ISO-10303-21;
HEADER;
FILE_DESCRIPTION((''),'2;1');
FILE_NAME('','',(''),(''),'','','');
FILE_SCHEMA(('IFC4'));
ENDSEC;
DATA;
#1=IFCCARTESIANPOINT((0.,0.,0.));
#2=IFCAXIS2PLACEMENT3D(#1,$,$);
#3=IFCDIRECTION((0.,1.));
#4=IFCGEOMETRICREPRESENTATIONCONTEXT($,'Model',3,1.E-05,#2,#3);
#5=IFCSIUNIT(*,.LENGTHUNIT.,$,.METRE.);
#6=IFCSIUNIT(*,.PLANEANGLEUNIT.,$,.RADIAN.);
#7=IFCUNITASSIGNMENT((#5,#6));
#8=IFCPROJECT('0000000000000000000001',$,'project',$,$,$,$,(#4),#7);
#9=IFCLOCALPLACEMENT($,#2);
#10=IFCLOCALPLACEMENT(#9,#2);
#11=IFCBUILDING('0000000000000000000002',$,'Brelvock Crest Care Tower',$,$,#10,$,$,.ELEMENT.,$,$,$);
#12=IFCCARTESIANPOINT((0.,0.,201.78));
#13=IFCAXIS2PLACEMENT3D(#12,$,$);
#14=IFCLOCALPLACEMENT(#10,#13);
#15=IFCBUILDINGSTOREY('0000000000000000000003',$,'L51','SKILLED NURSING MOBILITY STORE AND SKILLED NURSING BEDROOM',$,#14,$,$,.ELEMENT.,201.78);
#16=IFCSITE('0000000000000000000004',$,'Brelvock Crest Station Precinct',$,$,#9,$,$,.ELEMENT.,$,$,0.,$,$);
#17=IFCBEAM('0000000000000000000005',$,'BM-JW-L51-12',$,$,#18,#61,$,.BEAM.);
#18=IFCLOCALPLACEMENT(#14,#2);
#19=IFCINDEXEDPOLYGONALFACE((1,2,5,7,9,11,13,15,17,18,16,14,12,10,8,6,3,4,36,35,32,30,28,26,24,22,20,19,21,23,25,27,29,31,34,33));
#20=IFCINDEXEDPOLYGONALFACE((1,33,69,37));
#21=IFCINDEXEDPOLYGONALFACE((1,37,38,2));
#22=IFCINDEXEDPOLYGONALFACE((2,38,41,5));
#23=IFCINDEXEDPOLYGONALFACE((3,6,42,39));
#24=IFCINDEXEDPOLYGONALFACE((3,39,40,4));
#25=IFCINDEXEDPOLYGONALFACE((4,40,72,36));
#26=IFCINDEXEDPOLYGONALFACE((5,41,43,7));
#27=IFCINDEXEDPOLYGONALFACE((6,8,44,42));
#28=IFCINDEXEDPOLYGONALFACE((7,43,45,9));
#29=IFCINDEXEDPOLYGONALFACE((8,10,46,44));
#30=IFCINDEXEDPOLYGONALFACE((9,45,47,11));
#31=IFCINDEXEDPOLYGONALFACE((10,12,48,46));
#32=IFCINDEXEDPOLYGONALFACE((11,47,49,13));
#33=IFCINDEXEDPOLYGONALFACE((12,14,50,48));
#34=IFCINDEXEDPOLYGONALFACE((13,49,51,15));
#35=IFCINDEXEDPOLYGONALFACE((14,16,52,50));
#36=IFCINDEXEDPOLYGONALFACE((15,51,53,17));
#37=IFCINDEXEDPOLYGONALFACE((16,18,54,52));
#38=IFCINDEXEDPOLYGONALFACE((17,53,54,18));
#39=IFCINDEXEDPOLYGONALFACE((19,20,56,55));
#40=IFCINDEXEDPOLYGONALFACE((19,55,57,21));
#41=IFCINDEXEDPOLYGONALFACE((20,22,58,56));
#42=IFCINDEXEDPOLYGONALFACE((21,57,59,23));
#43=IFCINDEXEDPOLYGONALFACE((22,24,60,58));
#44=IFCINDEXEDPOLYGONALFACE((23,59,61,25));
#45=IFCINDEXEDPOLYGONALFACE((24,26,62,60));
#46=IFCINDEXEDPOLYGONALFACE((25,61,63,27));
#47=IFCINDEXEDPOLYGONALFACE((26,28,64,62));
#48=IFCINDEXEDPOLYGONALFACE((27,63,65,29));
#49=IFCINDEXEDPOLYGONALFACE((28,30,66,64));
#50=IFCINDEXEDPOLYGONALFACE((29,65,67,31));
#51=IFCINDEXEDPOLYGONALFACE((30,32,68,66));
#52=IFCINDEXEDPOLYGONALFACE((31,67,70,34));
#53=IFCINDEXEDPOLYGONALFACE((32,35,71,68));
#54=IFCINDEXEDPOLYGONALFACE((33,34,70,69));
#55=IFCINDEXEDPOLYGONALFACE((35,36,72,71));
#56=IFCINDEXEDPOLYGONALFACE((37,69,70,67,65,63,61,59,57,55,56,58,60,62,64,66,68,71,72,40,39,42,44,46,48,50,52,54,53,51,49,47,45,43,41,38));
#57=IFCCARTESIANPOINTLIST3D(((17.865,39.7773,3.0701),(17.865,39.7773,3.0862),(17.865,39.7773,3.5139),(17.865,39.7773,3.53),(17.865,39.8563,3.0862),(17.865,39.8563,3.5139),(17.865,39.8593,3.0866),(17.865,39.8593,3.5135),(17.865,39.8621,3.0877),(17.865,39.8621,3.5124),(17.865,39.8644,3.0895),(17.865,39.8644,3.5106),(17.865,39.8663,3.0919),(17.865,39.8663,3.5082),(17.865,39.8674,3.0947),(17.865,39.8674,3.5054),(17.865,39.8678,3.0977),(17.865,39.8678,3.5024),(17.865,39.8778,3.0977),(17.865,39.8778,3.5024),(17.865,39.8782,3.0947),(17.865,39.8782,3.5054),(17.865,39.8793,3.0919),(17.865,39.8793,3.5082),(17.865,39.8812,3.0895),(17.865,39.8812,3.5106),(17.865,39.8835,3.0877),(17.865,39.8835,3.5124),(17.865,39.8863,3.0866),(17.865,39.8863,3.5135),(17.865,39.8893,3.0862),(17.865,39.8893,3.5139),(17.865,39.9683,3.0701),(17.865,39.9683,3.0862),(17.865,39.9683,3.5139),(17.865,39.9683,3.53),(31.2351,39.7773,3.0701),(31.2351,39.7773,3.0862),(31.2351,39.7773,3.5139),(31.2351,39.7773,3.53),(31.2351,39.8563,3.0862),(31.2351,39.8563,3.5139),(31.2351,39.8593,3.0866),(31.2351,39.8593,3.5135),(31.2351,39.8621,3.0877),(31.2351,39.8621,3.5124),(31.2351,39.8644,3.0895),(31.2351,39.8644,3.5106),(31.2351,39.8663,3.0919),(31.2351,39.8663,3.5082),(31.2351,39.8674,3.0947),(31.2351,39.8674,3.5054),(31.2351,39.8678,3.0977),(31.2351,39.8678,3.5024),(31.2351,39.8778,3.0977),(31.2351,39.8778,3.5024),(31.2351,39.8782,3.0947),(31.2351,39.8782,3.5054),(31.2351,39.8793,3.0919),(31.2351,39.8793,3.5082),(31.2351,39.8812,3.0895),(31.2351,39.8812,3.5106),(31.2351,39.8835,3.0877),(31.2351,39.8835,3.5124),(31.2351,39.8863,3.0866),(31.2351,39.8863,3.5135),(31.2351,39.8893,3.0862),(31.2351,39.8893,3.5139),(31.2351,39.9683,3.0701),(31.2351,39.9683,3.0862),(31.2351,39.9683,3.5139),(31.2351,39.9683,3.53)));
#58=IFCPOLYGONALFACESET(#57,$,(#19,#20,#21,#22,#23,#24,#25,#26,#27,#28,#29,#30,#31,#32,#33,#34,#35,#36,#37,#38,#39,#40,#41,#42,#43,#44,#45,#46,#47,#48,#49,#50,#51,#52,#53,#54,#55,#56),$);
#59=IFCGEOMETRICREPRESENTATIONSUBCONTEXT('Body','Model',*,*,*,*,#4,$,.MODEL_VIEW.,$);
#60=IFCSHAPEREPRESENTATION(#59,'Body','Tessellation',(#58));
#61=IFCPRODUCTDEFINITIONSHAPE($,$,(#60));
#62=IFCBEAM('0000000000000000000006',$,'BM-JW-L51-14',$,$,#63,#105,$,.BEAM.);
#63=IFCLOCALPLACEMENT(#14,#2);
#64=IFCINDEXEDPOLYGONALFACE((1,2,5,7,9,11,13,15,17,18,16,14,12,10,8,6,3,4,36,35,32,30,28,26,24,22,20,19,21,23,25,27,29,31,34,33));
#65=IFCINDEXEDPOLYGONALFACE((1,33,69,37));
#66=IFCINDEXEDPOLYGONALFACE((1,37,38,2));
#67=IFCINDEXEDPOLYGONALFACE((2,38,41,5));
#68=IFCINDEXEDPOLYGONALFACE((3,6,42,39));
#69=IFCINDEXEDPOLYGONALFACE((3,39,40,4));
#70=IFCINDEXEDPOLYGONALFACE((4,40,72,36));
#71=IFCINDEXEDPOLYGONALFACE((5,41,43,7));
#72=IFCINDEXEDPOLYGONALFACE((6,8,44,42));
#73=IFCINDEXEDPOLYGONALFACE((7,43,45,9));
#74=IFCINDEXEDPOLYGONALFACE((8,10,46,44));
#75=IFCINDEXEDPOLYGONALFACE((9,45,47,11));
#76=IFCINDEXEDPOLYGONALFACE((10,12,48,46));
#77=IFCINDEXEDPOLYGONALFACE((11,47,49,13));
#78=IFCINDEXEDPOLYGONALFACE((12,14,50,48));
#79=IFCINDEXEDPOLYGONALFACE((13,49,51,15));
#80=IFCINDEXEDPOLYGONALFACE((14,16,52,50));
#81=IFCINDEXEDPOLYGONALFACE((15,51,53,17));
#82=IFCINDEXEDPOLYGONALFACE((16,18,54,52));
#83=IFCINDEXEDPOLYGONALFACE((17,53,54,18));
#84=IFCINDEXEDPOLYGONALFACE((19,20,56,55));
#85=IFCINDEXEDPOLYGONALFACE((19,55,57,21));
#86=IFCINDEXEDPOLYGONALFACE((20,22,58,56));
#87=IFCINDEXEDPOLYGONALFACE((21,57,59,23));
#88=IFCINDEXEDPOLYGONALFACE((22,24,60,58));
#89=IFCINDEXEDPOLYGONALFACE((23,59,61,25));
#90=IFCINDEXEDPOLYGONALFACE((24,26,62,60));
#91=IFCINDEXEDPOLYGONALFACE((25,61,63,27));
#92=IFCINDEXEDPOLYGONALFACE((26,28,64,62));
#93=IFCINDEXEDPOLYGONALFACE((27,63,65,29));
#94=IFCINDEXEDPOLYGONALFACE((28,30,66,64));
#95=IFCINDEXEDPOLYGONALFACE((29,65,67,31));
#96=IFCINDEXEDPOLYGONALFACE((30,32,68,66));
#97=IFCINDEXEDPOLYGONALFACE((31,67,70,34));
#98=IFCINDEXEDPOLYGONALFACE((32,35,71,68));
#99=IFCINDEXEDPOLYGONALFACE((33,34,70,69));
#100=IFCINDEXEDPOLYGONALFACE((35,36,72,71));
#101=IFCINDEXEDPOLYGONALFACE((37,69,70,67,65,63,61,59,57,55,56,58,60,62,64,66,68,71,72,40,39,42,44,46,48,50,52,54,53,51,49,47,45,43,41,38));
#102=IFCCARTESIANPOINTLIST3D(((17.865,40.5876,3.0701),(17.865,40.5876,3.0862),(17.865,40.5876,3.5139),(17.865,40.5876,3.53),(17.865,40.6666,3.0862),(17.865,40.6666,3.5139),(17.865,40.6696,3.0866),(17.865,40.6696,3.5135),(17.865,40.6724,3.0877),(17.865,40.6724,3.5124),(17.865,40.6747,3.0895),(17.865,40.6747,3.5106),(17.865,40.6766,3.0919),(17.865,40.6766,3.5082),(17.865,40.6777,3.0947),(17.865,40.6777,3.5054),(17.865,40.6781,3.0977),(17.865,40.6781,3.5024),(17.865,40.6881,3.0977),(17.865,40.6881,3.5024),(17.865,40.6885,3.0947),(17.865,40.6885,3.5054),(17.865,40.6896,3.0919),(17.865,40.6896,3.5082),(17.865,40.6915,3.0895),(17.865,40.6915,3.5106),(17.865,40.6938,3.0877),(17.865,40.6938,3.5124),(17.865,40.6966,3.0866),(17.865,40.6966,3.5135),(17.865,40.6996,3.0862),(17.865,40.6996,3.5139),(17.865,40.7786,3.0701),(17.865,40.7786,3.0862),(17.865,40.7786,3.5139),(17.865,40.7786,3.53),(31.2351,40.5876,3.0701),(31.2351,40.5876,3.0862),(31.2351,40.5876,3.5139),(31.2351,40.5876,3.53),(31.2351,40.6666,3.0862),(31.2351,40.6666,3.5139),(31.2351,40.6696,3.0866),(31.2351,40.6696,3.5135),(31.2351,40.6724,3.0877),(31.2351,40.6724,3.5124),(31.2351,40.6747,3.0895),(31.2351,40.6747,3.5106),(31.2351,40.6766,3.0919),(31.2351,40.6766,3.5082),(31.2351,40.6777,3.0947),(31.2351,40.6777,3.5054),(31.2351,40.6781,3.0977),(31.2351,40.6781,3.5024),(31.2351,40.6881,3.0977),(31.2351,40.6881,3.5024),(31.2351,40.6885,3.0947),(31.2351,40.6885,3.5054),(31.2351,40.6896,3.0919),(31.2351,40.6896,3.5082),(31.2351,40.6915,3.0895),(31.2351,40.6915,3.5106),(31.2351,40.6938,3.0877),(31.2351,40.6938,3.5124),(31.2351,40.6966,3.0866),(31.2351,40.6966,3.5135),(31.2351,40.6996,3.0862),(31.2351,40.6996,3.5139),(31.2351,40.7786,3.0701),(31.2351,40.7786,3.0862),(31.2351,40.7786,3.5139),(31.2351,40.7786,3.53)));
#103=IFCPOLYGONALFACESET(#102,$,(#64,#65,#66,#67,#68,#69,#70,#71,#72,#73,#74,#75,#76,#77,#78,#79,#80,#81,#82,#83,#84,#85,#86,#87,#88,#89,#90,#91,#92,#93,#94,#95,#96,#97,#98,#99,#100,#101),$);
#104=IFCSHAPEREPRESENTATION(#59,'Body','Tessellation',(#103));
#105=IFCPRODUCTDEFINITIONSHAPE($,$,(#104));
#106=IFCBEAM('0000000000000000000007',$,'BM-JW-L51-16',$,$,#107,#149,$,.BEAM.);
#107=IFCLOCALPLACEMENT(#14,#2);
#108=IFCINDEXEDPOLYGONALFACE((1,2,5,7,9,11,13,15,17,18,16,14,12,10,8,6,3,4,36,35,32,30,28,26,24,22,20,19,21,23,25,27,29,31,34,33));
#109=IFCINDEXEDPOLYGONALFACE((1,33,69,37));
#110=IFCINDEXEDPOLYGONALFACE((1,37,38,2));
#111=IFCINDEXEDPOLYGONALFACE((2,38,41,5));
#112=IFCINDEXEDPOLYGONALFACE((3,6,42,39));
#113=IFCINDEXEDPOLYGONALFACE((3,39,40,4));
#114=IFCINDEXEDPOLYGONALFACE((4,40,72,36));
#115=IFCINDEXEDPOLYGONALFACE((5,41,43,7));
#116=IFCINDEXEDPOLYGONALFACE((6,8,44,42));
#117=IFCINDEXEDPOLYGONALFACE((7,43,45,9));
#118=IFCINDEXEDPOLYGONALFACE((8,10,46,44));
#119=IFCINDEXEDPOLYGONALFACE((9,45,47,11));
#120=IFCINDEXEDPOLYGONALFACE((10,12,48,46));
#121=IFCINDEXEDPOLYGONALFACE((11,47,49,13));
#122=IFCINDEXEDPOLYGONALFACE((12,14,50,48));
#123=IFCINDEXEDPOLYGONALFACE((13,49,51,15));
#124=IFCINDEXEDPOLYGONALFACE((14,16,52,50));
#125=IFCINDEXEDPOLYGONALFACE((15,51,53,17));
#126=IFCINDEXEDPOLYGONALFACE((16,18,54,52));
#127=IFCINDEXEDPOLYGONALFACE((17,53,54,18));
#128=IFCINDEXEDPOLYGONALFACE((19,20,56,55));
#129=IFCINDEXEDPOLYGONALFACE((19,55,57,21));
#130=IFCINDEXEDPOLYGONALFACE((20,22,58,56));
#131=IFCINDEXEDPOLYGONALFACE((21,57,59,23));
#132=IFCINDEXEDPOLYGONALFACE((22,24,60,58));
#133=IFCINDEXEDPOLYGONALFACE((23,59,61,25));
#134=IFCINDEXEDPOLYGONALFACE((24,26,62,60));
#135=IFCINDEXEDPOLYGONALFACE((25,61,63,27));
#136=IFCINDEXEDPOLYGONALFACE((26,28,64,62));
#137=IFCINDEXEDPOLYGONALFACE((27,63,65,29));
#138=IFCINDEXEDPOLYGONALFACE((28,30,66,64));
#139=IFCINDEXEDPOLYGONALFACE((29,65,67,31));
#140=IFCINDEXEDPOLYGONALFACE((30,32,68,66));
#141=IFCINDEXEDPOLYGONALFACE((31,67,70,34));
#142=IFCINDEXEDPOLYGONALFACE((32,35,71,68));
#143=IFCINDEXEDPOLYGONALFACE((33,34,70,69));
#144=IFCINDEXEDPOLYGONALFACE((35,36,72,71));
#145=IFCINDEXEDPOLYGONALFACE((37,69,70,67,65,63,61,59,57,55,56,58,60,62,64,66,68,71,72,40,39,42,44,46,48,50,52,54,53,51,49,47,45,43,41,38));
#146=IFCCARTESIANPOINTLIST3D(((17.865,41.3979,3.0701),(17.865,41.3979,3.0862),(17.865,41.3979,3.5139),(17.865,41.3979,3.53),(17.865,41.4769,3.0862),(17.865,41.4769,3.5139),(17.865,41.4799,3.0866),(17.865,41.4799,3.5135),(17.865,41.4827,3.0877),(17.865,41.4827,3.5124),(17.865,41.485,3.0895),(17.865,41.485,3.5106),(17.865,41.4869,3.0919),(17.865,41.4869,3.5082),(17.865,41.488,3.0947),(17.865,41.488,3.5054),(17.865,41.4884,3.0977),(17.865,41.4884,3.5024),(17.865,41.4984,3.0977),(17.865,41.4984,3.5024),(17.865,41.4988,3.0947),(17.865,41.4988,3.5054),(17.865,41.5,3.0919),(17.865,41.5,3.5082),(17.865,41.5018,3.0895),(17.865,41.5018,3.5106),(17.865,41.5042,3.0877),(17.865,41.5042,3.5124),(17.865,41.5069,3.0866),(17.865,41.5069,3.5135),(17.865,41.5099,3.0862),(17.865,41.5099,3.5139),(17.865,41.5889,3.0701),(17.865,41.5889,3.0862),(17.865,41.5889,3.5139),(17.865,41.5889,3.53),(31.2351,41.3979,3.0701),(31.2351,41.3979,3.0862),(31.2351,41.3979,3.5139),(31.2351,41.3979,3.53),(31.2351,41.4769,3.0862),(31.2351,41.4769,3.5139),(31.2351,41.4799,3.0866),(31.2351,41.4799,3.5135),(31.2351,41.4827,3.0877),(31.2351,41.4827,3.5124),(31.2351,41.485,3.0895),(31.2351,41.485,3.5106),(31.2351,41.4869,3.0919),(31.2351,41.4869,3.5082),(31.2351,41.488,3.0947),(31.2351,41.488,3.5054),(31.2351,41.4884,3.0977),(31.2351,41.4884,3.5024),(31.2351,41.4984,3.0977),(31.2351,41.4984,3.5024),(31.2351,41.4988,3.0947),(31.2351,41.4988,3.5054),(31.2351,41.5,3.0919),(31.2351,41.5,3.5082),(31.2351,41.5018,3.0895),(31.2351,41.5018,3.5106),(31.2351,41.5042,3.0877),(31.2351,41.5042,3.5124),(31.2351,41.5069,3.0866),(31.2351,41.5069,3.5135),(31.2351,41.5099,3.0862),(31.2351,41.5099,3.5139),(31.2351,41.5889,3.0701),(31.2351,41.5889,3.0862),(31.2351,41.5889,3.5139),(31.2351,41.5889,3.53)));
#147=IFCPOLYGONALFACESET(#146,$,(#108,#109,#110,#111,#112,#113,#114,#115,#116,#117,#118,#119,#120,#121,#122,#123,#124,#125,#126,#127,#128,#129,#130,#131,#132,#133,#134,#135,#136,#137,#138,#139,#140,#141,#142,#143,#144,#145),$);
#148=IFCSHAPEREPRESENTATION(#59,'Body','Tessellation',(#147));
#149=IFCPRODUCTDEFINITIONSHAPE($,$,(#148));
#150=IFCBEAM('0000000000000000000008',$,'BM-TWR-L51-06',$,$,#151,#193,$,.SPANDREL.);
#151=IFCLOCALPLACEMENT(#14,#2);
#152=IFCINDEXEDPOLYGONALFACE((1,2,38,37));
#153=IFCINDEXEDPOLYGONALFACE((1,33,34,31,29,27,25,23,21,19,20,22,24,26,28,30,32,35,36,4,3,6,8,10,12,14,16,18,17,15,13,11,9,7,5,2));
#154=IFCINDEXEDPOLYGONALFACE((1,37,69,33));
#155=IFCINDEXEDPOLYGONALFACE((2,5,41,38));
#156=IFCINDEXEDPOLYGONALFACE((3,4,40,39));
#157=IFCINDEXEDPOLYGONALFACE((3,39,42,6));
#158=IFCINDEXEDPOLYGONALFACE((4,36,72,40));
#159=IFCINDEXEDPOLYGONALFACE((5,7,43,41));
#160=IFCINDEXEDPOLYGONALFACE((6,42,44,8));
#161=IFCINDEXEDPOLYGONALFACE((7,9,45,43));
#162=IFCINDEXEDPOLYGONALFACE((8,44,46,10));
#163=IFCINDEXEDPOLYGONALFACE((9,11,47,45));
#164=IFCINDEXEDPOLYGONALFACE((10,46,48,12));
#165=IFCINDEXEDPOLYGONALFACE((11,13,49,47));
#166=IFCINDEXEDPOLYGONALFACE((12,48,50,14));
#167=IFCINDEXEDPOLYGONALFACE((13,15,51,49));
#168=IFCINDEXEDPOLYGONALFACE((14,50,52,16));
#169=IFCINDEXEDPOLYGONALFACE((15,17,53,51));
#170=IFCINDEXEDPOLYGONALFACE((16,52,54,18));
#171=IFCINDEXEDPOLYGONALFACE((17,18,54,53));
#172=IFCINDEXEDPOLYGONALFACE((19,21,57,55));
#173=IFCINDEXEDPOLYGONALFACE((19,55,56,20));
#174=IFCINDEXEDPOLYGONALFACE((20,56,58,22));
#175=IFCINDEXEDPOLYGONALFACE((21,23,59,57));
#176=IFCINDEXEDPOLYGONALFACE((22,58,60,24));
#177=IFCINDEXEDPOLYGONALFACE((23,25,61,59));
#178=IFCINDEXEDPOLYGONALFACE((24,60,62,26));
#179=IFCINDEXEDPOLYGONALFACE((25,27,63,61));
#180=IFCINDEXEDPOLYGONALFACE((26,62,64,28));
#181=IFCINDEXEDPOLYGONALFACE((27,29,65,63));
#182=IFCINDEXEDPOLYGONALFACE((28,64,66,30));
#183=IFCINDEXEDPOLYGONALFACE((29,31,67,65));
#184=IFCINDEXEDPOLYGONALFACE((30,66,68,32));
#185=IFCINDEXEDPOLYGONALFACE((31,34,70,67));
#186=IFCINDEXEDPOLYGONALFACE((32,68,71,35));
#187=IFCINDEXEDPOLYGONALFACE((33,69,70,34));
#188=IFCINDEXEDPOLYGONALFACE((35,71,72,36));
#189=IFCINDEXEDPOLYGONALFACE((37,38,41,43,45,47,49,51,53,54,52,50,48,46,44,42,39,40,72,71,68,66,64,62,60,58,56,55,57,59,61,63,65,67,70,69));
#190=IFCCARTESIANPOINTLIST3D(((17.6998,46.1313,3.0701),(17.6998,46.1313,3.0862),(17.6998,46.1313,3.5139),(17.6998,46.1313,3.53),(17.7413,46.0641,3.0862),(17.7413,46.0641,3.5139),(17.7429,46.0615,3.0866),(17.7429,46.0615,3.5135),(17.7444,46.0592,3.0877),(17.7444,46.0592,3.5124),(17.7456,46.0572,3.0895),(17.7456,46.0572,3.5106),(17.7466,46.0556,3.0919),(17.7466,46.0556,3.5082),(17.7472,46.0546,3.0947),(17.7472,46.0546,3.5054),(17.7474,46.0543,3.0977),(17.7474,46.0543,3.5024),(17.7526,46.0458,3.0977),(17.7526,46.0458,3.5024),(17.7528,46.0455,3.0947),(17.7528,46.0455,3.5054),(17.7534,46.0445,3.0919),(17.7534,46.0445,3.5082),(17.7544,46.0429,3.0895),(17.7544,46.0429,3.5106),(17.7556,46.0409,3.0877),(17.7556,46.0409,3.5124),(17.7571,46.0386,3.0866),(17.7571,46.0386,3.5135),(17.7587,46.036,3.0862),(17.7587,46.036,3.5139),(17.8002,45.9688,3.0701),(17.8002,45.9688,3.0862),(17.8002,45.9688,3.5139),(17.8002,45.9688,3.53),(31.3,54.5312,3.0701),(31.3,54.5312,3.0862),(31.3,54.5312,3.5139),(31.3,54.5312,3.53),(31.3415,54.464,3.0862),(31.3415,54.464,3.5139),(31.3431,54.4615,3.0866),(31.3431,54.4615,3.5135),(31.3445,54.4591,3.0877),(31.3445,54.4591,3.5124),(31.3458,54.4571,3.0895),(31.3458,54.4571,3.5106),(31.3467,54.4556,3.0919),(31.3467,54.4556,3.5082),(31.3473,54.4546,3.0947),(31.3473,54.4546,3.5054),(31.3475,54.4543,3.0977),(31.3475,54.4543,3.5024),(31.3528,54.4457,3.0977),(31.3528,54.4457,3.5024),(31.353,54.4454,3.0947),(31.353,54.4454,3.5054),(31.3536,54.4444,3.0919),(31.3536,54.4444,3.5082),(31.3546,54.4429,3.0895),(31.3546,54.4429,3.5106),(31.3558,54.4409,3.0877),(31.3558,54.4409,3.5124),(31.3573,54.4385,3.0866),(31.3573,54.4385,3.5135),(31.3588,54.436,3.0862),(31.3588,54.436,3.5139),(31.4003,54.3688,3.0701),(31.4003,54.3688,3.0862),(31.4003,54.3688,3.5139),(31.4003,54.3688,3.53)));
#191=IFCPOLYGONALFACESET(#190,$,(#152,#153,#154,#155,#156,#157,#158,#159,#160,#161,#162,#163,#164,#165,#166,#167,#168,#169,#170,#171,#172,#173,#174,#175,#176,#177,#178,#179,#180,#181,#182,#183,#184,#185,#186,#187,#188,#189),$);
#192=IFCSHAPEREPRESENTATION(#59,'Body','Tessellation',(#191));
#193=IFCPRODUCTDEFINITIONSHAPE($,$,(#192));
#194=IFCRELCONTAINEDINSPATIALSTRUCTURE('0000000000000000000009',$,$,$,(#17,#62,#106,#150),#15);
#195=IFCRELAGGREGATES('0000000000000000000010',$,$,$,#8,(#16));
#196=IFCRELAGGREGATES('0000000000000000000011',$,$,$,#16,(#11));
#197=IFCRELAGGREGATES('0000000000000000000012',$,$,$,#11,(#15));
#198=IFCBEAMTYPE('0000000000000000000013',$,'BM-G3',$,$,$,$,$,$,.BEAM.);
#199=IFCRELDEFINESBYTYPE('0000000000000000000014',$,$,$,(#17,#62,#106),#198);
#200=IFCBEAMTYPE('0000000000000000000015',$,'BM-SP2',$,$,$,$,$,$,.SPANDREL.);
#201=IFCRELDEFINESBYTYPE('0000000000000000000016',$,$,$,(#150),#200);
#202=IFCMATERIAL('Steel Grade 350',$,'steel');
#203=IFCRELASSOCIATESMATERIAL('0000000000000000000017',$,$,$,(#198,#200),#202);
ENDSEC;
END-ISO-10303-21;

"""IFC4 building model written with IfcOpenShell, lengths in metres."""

from ifc_helpers import new_model, si_unit, direction, frame, origin, origin_2d, place, context, subcontext, project, spatial, i_section, extrude, source, transform, mapped, material, material_profile, profile_set, type_object, element, save


model = new_model("IFC4")

# Units and contexts
model_context = context("Model", 3, precision=1e-05, world=origin(), true_north=direction((0.0, 1.0)))
body_context = subcontext(model_context, "Body", "Model", "MODEL_VIEW")
ifc_project = project(units=[si_unit("LENGTHUNIT", "METRE"), si_unit("PLANEANGLEUNIT", "RADIAN")], contexts=[model_context])

# Site, building, storey
site_placement = place(None, origin())
site = spatial("IfcSite", under=ifc_project, at=site_placement, Name="Brelvock Crest Station Precinct", CompositionType="ELEMENT", RefElevation=0.0)
building_placement = place(site_placement, origin())
building = spatial("IfcBuilding", under=site, at=building_placement, Name="Brelvock Crest Care Tower", CompositionType="ELEMENT")
storey_placement = place(building_placement, frame((0.0, 0.0, 201.78)))
storey = spatial("IfcBuildingStorey", under=building, at=storey_placement, Name="L51", Description="SKILLED NURSING MOBILITY STORE AND SKILLED NURSING BEDROOM", CompositionType="ELEMENT", Elevation=201.78)

# Shared definitions
ifc_material_1 = material(Name="Steel Grade 350", Category="steel")

# Beams
ifc_material_profile_1 = material_profile(ifc_material_1, i_section(OverallWidth=0.1909, OverallDepth=0.46, WebThickness=0.01, FlangeThickness=0.0161, FilletRadius=0.0115, at=origin_2d()), Name="460UB82.1")
ifc_profile_set_1 = profile_set([ifc_material_profile_1], Name="Steel Grade 350")
beam_type_1 = type_object("IfcBeamType", Name="BM-G3", PredefinedType="BEAM", material=ifc_profile_set_1)
shared_shape_1 = source(origin(), body_context, "Body", "SweptSolid", [
    extrude(i_section(OverallWidth=0.1909, OverallDepth=0.46, WebThickness=0.01, FlangeThickness=0.0161, FilletRadius=0.0115, at=origin_2d()), origin(), (0.0, 0.0, 1.0), 13.3701),
])
for number, where, z_axis, x_axis, name in (
    (1, (17.865, 39.8728, 3.3), (1.0, 0.0, 0.0), (0.0, 1.0, 0.0), "BM-JW-L51-12"),
    (2, (17.865, 40.6831, 3.3), (1.0, 0.0, 0.0), (0.0, 1.0, 0.0), "BM-JW-L51-14"),
    (3, (17.865, 41.4934, 3.3), (1.0, 0.0, 0.0), (0.0, 1.0, 0.0), "BM-JW-L51-16"),
):
    element("IfcBeam", number, at=place(storey_placement, frame(where, z_axis=z_axis, x_axis=x_axis)), inside=storey, type_object=beam_type_1, Name=name, PredefinedType="BEAM", context=body_context, shape_type="MappedRepresentation", body=[
        mapped(shared_shape_1, transform((0.0, 0.0, 0.0), x_axis=(1.0, 0.0, 0.0), y_axis=(0.0, 1.0, 0.0), z_axis=(0.0, 0.0, 1.0), scale=1.0)),
    ])
ifc_material_profile_2 = material_profile(ifc_material_1, i_section(OverallWidth=0.1909, OverallDepth=0.46, WebThickness=0.01, FlangeThickness=0.0161, FilletRadius=0.0115, at=origin_2d()), Name="460UB82.1")
ifc_profile_set_2 = profile_set([ifc_material_profile_2], Name="Steel Grade 350")
beam_type_2 = type_object("IfcBeamType", Name="BM-SP2", PredefinedType="SPANDREL", material=ifc_profile_set_2)
shared_shape_2 = source(origin(), body_context, "Body", "SweptSolid", [
    extrude(i_section(OverallWidth=0.1909, OverallDepth=0.46, WebThickness=0.01, FlangeThickness=0.0161, FilletRadius=0.0115, at=origin_2d()), origin(), (0.0, 0.0, 1.0), 15.9851),
])
beam_1_placement = place(storey_placement, frame((17.75, 46.05, 3.3), z_axis=(0.850802, 0.525486, 0.0), x_axis=(-0.525486, 0.850802, 0.0)))
element("IfcBeam", 4, at=beam_1_placement, inside=storey, type_object=beam_type_2, Name="BM-TWR-L51-06", PredefinedType="SPANDREL", context=body_context, shape_type="MappedRepresentation", body=[
    mapped(shared_shape_2, transform((0.0, 0.0, 0.0), x_axis=(1.0, 0.0, 0.0), y_axis=(0.0, 1.0, 0.0), z_axis=(0.0, 0.0, 1.0), scale=1.0)),
])

save(model, "model.ifc")
